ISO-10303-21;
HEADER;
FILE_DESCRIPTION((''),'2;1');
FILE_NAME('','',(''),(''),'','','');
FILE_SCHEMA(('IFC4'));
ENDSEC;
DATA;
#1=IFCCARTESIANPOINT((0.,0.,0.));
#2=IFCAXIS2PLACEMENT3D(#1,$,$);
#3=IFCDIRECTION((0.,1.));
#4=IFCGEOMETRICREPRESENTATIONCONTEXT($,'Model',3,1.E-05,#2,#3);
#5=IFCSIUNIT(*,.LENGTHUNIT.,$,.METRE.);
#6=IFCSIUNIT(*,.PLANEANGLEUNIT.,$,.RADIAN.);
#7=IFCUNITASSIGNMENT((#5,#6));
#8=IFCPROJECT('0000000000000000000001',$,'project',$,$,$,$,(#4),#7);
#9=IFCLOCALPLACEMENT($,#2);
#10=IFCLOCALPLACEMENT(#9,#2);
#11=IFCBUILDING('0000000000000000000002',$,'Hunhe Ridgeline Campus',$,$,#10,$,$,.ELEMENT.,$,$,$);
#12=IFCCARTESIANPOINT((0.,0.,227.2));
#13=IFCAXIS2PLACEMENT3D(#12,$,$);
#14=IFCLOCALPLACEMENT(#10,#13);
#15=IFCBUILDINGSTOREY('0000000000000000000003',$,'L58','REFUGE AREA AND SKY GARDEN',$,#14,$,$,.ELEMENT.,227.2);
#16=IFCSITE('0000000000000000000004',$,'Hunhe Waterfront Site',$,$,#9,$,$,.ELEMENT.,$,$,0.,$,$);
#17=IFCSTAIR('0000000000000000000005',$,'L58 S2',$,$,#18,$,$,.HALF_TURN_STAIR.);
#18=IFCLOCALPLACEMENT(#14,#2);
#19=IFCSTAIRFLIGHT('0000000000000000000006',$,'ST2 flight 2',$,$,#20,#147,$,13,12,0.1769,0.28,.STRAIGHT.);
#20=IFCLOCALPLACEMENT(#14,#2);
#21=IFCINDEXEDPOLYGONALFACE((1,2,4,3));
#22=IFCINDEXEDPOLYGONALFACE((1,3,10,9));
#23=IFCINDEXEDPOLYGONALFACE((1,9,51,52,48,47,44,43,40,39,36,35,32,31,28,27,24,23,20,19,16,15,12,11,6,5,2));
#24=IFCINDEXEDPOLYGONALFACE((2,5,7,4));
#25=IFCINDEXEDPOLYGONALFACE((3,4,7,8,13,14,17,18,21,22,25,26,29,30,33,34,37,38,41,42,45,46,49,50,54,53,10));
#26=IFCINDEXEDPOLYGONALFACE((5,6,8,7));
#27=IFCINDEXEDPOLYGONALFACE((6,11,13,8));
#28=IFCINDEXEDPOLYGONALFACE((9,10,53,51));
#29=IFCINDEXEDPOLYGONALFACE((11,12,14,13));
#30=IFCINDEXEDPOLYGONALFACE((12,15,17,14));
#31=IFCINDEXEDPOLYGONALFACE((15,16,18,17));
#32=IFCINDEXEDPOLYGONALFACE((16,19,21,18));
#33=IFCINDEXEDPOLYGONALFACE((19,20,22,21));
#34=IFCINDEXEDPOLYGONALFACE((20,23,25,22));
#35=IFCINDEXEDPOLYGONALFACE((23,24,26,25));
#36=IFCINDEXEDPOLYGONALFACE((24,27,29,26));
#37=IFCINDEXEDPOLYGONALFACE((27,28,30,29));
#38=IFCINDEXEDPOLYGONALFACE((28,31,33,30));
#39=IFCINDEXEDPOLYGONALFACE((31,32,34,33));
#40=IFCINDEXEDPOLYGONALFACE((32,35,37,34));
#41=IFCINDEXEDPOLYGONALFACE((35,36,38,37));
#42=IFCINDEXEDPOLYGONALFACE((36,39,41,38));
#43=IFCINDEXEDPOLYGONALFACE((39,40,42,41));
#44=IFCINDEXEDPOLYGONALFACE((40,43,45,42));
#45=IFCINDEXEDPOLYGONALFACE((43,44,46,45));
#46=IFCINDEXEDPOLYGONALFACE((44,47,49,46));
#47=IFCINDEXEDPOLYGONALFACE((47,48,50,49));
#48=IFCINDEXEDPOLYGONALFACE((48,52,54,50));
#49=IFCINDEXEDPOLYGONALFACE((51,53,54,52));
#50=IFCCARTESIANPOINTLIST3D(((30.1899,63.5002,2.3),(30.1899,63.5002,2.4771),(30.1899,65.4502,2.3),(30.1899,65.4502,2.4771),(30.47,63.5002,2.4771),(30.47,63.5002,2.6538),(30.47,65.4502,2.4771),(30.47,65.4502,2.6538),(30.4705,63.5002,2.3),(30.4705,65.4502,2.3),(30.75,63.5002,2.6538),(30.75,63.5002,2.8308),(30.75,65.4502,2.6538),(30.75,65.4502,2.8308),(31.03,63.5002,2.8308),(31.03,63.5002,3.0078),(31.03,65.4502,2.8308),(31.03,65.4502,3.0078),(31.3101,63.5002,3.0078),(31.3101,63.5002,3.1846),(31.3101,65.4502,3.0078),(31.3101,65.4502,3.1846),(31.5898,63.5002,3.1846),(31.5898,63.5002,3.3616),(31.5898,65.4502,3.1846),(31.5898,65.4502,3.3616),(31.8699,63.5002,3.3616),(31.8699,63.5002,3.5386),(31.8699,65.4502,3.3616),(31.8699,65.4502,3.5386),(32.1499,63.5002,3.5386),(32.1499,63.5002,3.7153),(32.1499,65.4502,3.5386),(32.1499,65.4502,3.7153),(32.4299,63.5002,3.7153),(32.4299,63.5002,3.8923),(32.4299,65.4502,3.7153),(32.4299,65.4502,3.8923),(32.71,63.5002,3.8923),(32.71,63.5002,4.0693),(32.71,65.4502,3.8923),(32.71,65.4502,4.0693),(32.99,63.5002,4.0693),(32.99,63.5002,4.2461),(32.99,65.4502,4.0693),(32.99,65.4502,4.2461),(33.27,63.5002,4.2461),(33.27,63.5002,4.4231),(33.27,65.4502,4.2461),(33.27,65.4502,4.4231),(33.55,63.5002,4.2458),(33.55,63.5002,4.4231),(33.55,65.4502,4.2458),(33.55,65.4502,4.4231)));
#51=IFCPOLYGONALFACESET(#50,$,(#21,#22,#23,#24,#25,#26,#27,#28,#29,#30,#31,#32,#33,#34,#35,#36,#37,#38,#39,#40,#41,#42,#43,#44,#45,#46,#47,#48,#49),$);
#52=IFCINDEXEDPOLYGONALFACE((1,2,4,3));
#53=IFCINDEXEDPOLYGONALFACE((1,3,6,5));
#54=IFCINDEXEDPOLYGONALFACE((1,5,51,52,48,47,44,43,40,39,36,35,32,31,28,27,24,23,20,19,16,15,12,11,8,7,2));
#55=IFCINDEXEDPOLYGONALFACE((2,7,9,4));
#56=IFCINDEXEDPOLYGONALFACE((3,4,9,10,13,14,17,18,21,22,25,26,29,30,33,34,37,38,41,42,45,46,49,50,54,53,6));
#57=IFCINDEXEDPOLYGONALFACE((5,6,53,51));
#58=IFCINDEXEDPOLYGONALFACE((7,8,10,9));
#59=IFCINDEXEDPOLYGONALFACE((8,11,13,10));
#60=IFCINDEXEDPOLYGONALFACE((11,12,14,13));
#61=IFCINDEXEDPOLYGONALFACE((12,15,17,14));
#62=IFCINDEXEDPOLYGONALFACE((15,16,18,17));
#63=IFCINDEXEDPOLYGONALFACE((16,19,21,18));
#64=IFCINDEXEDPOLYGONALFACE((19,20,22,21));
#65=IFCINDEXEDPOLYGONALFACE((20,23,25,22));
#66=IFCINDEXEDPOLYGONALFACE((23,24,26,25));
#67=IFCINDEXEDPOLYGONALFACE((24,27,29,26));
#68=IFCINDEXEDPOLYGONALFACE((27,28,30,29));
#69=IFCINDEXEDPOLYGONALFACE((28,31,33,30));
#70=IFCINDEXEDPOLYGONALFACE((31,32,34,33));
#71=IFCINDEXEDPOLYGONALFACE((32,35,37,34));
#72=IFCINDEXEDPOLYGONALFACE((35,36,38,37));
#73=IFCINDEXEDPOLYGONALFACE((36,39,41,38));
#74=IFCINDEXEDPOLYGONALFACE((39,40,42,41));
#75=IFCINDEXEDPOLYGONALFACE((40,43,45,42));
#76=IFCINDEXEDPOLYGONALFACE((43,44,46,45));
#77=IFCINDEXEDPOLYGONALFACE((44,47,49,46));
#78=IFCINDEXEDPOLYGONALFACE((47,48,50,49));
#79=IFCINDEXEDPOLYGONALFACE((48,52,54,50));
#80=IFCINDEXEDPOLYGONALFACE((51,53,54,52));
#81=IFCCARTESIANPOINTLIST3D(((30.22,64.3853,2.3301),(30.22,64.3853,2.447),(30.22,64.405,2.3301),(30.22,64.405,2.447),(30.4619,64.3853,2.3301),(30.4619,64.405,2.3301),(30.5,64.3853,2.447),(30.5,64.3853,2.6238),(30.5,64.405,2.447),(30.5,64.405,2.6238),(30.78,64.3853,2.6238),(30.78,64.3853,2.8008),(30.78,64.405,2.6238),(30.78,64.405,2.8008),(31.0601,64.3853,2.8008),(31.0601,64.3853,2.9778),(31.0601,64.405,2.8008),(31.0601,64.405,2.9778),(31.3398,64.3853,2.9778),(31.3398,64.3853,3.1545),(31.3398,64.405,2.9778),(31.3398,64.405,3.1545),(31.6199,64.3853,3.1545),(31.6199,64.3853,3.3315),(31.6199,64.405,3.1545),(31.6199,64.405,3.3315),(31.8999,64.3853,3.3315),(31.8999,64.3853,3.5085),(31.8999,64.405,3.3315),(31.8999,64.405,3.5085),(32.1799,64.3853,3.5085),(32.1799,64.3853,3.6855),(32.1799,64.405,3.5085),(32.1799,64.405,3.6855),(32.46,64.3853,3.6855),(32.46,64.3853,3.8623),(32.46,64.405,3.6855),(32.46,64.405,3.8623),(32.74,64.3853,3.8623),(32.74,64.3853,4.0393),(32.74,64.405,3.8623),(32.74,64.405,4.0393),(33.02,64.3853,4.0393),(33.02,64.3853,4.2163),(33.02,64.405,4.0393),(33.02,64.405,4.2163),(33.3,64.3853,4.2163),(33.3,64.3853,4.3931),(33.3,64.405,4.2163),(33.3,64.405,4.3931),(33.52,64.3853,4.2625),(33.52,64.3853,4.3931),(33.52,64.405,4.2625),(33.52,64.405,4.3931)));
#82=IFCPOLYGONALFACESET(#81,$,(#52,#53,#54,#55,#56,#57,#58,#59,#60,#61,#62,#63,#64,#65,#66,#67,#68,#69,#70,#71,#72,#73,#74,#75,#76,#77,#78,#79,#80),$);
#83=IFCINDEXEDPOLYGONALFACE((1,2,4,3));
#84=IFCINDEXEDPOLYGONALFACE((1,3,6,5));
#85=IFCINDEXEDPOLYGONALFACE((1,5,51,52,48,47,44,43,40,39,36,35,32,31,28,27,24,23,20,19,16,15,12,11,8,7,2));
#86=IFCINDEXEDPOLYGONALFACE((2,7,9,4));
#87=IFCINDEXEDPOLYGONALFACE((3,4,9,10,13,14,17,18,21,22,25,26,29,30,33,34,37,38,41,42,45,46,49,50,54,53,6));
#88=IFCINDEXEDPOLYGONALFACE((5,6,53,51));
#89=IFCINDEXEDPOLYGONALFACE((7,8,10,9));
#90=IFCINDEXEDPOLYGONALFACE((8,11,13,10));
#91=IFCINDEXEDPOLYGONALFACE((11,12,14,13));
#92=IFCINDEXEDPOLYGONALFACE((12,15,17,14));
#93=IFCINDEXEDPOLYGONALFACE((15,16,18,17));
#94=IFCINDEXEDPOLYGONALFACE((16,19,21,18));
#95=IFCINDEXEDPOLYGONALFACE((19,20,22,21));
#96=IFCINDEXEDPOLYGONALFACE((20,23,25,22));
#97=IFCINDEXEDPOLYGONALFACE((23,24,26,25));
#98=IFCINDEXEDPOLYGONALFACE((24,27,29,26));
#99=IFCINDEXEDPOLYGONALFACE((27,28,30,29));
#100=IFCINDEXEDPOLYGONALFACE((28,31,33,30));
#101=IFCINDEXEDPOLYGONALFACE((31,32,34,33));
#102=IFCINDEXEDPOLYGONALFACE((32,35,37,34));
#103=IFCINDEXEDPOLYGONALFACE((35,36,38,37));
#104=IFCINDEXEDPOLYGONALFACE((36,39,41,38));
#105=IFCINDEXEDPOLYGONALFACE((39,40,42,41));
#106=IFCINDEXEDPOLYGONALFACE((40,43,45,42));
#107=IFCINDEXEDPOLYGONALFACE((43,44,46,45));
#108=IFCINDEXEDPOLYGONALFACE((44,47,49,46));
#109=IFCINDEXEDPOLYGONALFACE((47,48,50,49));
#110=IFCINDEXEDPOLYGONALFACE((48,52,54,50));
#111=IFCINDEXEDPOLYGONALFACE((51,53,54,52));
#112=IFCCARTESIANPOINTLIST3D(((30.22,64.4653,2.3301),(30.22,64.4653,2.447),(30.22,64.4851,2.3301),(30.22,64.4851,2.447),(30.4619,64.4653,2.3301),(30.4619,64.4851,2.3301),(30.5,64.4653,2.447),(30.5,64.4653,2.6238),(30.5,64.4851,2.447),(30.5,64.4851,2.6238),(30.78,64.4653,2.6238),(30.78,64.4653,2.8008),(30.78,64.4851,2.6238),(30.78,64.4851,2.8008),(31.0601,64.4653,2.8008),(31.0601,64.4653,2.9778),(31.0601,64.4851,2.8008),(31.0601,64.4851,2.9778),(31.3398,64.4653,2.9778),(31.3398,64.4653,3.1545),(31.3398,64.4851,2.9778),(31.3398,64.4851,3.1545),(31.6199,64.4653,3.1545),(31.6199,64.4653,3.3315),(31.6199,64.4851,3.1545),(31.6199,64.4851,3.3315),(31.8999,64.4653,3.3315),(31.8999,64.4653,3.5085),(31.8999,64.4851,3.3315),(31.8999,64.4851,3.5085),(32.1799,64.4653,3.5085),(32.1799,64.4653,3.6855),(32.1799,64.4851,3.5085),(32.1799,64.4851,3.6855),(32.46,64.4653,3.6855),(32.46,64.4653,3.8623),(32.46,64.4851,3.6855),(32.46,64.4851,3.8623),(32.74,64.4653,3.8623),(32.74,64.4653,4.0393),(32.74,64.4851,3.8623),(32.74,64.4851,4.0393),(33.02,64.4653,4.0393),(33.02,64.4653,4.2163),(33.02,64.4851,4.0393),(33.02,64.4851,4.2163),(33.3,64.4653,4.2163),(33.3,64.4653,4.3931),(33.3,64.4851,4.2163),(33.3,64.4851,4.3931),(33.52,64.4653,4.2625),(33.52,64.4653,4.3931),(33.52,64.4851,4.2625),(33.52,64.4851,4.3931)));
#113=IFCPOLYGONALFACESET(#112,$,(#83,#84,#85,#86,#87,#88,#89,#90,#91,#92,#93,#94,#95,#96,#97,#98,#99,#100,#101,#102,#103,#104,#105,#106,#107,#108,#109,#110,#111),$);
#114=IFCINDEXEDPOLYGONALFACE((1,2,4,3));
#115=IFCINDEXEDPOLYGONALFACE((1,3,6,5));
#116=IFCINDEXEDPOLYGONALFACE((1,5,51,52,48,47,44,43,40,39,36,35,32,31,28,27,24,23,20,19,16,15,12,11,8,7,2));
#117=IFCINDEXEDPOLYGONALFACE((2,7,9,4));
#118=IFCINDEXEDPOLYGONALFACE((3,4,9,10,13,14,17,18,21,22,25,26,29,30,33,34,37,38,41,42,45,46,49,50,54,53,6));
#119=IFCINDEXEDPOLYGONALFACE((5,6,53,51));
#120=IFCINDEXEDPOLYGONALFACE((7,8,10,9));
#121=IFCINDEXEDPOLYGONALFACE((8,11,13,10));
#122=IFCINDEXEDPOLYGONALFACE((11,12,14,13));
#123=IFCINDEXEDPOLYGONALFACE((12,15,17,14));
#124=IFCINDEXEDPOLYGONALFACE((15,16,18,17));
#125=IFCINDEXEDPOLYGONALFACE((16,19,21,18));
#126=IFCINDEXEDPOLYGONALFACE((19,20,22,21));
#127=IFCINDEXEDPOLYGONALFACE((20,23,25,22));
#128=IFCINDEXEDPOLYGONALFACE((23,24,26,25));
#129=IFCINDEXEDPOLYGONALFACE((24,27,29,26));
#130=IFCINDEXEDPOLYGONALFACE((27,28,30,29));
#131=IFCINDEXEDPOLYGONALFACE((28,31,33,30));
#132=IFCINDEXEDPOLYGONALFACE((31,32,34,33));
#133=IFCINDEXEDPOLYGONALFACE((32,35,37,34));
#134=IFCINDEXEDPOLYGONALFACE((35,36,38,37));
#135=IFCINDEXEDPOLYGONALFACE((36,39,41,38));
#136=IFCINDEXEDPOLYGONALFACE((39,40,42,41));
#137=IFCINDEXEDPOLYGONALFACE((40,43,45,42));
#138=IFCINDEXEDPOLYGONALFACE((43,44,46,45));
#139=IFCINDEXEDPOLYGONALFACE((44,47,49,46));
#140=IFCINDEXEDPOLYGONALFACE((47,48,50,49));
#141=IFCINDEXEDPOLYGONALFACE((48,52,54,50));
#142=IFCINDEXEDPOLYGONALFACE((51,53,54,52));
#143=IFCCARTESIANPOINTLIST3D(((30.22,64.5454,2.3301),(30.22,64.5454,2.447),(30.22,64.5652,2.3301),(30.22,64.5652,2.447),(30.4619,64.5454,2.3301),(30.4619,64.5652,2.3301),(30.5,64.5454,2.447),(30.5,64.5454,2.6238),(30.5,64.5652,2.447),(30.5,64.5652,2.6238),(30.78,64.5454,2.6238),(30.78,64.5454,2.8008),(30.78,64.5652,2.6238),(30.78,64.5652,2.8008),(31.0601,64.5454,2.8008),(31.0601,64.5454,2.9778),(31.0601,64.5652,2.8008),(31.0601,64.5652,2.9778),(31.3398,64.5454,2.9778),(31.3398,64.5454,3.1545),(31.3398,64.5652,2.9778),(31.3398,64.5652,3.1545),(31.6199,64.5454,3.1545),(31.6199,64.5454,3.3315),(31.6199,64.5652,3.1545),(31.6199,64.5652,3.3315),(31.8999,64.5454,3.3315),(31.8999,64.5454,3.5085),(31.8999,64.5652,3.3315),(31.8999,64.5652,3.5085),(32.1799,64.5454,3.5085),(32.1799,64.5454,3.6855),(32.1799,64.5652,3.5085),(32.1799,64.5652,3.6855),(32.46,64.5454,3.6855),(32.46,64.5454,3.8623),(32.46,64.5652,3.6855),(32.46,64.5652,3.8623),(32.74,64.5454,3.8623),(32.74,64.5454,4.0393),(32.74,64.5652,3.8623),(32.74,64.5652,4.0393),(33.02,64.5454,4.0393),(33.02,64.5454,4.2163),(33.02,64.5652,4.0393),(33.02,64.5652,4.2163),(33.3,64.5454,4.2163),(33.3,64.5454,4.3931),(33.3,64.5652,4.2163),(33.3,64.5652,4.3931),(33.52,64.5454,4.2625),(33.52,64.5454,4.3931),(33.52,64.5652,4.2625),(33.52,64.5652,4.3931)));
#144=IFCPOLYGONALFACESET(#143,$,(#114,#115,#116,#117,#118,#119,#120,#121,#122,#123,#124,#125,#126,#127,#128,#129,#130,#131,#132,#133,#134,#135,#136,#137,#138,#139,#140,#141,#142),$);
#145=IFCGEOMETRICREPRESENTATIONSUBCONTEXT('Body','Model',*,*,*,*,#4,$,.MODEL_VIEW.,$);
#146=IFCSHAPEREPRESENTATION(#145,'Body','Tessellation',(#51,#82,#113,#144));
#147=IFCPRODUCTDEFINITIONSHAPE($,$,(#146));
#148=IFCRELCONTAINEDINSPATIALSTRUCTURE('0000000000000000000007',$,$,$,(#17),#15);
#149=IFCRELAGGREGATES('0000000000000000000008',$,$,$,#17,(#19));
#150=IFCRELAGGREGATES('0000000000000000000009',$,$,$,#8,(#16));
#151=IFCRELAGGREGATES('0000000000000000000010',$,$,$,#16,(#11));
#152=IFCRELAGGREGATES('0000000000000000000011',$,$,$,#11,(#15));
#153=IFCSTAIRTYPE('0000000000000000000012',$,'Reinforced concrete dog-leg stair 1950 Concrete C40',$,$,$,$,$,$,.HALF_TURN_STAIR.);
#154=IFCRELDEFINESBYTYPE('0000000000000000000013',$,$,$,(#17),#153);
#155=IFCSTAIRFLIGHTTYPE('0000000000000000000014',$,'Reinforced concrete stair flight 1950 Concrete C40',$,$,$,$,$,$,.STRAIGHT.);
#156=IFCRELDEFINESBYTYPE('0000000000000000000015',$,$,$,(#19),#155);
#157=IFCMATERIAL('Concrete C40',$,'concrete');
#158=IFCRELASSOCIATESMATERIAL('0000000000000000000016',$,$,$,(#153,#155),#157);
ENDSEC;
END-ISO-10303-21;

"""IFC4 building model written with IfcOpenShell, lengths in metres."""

from ifc_helpers import new_model, si_unit, direction, frame, origin, place, context, subcontext, project, spatial, polyline, outline, extrude, material, type_object, element, aggregate, save


model = new_model("IFC4")

# Units and contexts
model_context = context("Model", 3, precision=1e-05, world=origin(), true_north=direction((0.0, 1.0)))
body_context = subcontext(model_context, "Body", "Model", "MODEL_VIEW")
ifc_project = project(units=[si_unit("LENGTHUNIT", "METRE"), si_unit("PLANEANGLEUNIT", "RADIAN")], contexts=[model_context])

# Site, building, storey
site_placement = place(None, origin())
site = spatial("IfcSite", under=ifc_project, at=site_placement, Name="Hunhe Waterfront Site", CompositionType="ELEMENT", RefElevation=0.0)
building_placement = place(site_placement, origin())
building = spatial("IfcBuilding", under=site, at=building_placement, Name="Hunhe Ridgeline Campus", CompositionType="ELEMENT")
storey_placement = place(building_placement, frame((0.0, 0.0, 227.2)))
storey = spatial("IfcBuildingStorey", under=building, at=storey_placement, Name="L58", Description="REFUGE AREA AND SKY GARDEN", CompositionType="ELEMENT", Elevation=227.2)

# Stair, stair flight
ifc_material_1 = material(Name="Concrete C40", Category="concrete")
stair_type = type_object("IfcStairType", Name="Reinforced concrete dog-leg stair 1950 Concrete C40", PredefinedType="HALF_TURN_STAIR", material=ifc_material_1)
stair_placement = place(storey_placement, origin())
stair = element("IfcStair", 1, at=stair_placement, inside=storey, type_object=stair_type, Name="L58 S2", PredefinedType="HALF_TURN_STAIR")
stair_flight_type = type_object("IfcStairFlightType", Name="Reinforced concrete stair flight 1950 Concrete C40", PredefinedType="STRAIGHT", material=ifc_material_1)
stair_flight_1_placement = place(storey_placement, frame((30.1899, 64.4751, 2.3), z_axis=(0.0, 0.0, 1.0), x_axis=(1.0, 0.0, 0.0)))
stair_flight_1 = element("IfcStairFlight", 2, at=stair_flight_1_placement, type_object=stair_flight_type, Name="ST2 flight 2", NumberOfRisers=13, NumberOfTreads=12, PredefinedType="STRAIGHT", RiserHeight=0.1769, TreadLength=0.28, context=body_context, shape_type="SweptSolid", body=[
    extrude(outline(polyline([(0.0, 0.0), (0.0, 0.177), (0.28, 0.177), (0.28, 0.3538), (0.5601, 0.3538), (0.5601, 0.5308), (0.8401, 0.5308), (0.8401, 0.7078), (1.1201, 0.7078), (1.1201, 0.8845), (1.3999, 0.8845), (1.3999, 1.0615), (1.6799, 1.0615), (1.6799, 1.2385), (1.96, 1.2385), (1.96, 1.4153), (2.24, 1.4153), (2.24, 1.5923), (2.52, 1.5923), (2.52, 1.7693), (2.8, 1.7693), (2.8, 1.946), (3.0801, 1.946), (3.0801, 2.123), (3.3601, 2.123), (3.3601, 2.3), (3.3601, 1.9458), (0.2805, 0.0), (0.0, 0.0)])), frame((0.0, 0.9751, 0.0), z_axis=(0.0, -1.0, 0.0), x_axis=(1.0, 0.0, 0.0)), (0.0, 0.0, 1.0), 1.95),
    extrude(outline(polyline([(0.03, 0.03), (0.03, 0.147), (0.3101, 0.147), (0.3101, 0.3237), (0.5901, 0.3237), (0.5901, 0.5007), (0.8701, 0.5007), (0.8701, 0.6777), (1.1499, 0.6777), (1.1499, 0.8545), (1.4299, 0.8545), (1.4299, 1.0315), (1.71, 1.0315), (1.71, 1.2085), (1.99, 1.2085), (1.99, 1.3855), (2.27, 1.3855), (2.27, 1.5623), (2.55, 1.5623), (2.55, 1.7393), (2.8301, 1.7393), (2.8301, 1.9163), (3.1101, 1.9163), (3.1101, 2.093), (3.3301, 2.093), (3.3301, 1.9624), (0.272, 0.03), (0.03, 0.03)])), frame((0.0, -0.0701, 0.0), z_axis=(0.0, -1.0, 0.0), x_axis=(1.0, 0.0, 0.0)), (0.0, 0.0, 1.0), 0.0198),
    extrude(outline(polyline([(0.03, 0.03), (0.03, 0.147), (0.3101, 0.147), (0.3101, 0.3237), (0.5901, 0.3237), (0.5901, 0.5007), (0.8701, 0.5007), (0.8701, 0.6777), (1.1499, 0.6777), (1.1499, 0.8545), (1.4299, 0.8545), (1.4299, 1.0315), (1.71, 1.0315), (1.71, 1.2085), (1.99, 1.2085), (1.99, 1.3855), (2.27, 1.3855), (2.27, 1.5623), (2.55, 1.5623), (2.55, 1.7393), (2.8301, 1.7393), (2.8301, 1.9163), (3.1101, 1.9163), (3.1101, 2.093), (3.3301, 2.093), (3.3301, 1.9624), (0.272, 0.03), (0.03, 0.03)])), frame((0.0, 0.01, 0.0), z_axis=(0.0, -1.0, 0.0), x_axis=(1.0, 0.0, 0.0)), (0.0, 0.0, 1.0), 0.0198),
    extrude(outline(polyline([(0.03, 0.03), (0.03, 0.147), (0.3101, 0.147), (0.3101, 0.3237), (0.5901, 0.3237), (0.5901, 0.5007), (0.8701, 0.5007), (0.8701, 0.6777), (1.1499, 0.6777), (1.1499, 0.8545), (1.4299, 0.8545), (1.4299, 1.0315), (1.71, 1.0315), (1.71, 1.2085), (1.99, 1.2085), (1.99, 1.3855), (2.27, 1.3855), (2.27, 1.5623), (2.55, 1.5623), (2.55, 1.7393), (2.8301, 1.7393), (2.8301, 1.9163), (3.1101, 1.9163), (3.1101, 2.093), (3.3301, 2.093), (3.3301, 1.9624), (0.272, 0.03), (0.03, 0.03)])), frame((0.0, 0.0901, 0.0), z_axis=(0.0, -1.0, 0.0), x_axis=(1.0, 0.0, 0.0)), (0.0, 0.0, 1.0), 0.0198),
])
aggregate(stair, [stair_flight_1])

save(model, "model.ifc")
